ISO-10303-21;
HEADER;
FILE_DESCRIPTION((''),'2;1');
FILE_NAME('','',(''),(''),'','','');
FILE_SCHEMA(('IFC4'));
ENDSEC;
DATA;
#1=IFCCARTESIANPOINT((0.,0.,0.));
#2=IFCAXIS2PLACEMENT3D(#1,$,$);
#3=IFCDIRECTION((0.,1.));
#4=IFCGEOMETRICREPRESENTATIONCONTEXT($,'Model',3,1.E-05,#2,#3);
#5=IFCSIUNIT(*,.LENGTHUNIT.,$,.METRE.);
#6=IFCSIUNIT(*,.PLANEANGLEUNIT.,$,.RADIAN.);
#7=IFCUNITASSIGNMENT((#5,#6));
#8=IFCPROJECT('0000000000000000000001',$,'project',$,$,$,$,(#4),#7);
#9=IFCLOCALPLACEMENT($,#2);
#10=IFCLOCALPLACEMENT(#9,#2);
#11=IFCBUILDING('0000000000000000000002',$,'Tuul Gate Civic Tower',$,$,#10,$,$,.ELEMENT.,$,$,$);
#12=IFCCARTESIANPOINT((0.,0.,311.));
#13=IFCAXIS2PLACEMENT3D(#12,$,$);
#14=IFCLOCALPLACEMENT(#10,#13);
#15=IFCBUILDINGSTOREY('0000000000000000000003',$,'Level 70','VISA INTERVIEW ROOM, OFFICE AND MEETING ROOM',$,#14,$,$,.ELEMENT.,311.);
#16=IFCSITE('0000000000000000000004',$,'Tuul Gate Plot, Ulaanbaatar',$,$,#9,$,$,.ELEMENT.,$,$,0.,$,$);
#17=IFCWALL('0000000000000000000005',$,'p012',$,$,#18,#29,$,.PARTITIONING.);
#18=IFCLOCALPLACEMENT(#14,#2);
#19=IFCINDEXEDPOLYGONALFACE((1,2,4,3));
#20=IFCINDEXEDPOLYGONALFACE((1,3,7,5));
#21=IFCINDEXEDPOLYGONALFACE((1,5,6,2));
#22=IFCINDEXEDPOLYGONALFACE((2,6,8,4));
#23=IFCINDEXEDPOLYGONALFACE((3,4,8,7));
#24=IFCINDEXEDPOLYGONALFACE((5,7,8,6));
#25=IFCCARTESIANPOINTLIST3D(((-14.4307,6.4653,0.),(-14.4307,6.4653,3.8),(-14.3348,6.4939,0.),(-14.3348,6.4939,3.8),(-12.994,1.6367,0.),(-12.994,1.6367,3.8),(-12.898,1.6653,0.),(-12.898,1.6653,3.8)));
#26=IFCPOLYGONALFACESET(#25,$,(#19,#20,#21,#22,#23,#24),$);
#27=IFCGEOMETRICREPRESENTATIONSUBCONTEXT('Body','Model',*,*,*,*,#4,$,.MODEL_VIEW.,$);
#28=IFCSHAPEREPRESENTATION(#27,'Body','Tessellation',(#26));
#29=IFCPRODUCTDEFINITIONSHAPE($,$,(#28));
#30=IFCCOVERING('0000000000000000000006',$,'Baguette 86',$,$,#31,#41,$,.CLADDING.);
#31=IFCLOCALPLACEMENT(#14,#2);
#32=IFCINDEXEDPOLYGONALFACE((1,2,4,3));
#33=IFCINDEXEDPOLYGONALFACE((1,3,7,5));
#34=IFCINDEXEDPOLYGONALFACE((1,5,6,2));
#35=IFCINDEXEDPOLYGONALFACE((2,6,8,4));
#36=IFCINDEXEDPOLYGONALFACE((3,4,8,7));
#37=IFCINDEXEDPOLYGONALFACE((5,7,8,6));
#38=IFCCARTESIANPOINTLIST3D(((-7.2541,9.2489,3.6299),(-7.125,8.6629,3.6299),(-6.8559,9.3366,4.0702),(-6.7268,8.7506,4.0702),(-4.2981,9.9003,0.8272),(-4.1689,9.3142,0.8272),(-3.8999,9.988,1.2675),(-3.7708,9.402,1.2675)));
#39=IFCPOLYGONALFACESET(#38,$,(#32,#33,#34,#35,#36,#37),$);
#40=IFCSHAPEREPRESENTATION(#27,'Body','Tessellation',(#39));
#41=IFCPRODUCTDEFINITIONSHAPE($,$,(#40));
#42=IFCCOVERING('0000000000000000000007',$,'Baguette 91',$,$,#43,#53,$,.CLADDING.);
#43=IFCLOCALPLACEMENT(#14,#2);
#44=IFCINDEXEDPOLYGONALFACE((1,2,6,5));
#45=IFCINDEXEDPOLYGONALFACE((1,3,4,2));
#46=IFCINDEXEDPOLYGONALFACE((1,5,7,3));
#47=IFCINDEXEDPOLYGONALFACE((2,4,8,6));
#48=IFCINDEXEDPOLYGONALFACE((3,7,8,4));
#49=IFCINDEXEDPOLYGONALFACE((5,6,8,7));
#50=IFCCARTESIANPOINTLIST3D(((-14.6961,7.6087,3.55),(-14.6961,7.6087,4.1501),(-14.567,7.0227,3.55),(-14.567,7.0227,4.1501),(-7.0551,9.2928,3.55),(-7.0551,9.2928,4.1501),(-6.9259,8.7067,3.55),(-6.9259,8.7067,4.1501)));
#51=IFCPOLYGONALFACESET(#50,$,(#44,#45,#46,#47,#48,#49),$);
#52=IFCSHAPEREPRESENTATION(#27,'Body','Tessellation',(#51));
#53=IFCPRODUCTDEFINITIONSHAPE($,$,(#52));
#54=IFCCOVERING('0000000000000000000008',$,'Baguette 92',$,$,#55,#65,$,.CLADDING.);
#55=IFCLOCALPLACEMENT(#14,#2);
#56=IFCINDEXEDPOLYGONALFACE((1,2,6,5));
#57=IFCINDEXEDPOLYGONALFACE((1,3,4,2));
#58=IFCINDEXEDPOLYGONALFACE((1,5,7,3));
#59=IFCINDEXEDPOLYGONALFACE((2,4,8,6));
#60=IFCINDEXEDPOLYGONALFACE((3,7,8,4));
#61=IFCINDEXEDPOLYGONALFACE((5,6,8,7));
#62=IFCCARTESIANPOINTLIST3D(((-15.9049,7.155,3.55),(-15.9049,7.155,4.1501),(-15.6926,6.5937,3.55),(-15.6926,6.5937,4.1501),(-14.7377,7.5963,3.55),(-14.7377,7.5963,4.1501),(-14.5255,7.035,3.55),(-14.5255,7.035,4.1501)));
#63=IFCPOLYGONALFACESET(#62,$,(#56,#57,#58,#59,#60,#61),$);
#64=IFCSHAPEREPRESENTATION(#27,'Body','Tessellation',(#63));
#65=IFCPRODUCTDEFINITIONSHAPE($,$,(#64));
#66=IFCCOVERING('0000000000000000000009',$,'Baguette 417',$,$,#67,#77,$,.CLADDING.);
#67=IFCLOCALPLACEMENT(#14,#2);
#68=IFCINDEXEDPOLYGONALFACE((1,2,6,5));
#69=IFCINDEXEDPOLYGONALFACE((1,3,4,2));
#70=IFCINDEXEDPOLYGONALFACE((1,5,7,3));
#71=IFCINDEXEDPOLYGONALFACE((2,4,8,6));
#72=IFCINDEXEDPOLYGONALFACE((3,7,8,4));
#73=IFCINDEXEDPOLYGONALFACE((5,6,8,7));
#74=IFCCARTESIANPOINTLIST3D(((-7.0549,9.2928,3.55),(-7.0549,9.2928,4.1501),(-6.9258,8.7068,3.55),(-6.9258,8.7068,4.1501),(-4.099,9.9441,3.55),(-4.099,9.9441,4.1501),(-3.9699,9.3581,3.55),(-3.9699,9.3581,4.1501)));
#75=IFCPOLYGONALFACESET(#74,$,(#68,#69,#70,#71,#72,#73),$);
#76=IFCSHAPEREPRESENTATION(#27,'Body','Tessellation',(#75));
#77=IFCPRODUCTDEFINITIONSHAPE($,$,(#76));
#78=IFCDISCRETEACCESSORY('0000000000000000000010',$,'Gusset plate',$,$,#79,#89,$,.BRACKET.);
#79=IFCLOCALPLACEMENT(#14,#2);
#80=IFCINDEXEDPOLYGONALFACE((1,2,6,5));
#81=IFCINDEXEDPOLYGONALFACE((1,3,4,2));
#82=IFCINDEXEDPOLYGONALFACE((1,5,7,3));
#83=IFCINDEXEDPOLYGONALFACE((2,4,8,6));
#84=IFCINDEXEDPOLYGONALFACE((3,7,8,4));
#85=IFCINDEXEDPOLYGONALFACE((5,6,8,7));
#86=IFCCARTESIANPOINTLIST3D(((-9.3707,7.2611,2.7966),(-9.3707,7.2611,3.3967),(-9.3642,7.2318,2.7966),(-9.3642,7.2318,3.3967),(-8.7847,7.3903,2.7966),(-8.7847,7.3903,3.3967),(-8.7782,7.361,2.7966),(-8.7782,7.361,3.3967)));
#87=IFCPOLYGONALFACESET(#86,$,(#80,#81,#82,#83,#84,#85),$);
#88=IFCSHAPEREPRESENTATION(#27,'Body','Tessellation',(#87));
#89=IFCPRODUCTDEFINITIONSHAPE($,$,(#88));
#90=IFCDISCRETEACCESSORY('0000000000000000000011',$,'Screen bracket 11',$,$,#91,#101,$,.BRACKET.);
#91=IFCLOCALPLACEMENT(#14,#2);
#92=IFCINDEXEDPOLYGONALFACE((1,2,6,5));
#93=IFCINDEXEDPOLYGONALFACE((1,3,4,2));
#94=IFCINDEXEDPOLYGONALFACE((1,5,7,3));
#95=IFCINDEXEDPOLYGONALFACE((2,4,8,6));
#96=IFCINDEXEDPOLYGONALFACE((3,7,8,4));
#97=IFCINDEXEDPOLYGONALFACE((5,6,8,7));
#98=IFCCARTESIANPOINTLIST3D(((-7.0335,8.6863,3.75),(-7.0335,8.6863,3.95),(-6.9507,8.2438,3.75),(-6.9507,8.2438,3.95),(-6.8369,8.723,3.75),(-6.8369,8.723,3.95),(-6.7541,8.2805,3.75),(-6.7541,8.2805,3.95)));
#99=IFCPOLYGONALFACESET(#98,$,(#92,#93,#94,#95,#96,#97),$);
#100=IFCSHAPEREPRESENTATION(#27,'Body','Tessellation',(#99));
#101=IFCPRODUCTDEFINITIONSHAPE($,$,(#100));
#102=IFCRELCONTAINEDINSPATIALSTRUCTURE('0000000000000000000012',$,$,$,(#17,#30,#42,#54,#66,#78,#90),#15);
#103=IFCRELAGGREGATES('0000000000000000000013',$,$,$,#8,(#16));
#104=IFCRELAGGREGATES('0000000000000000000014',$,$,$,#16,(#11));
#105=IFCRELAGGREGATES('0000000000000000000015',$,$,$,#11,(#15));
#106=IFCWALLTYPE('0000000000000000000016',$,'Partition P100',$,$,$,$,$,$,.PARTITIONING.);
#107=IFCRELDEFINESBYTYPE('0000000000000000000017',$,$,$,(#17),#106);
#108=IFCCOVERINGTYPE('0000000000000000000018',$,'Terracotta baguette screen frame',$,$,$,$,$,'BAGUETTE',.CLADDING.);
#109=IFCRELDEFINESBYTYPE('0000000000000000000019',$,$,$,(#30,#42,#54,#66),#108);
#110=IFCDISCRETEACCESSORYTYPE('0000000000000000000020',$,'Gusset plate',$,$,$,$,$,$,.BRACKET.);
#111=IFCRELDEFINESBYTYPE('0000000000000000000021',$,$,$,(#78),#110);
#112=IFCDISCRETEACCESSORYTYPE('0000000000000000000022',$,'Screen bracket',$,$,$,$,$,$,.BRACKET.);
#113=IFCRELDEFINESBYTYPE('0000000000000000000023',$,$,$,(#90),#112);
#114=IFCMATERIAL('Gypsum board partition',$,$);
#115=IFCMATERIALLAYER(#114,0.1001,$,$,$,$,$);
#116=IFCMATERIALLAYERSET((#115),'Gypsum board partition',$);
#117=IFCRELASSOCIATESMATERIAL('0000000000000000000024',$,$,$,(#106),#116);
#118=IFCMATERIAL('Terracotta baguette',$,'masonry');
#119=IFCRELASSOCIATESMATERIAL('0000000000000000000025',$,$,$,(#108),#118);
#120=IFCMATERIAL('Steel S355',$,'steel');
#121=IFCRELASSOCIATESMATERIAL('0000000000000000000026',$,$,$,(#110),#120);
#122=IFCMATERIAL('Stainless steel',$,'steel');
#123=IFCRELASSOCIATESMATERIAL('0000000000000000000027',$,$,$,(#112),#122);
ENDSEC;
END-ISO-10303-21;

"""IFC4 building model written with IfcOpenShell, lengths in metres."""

from ifc_helpers import new_model, si_unit, direction, frame, frame_2d, origin, origin_2d, place, context, subcontext, project, spatial, rectangle, extrude, material, layer, layer_set, material_profile, profile_set, type_object, element, save


model = new_model("IFC4")

# Units and contexts
model_context = context("Model", 3, precision=1e-05, world=origin(), true_north=direction((0.0, 1.0)))
body_context = subcontext(model_context, "Body", "Model", "MODEL_VIEW")
ifc_project = project(units=[si_unit("LENGTHUNIT", "METRE"), si_unit("PLANEANGLEUNIT", "RADIAN")], contexts=[model_context])

# Site, building, storey
site_placement = place(None, origin())
site = spatial("IfcSite", under=ifc_project, at=site_placement, Name="Tuul Gate Plot, Ulaanbaatar", CompositionType="ELEMENT", RefElevation=0.0)
building_placement = place(site_placement, origin())
building = spatial("IfcBuilding", under=site, at=building_placement, Name="Tuul Gate Civic Tower", CompositionType="ELEMENT")
storey_placement = place(building_placement, frame((0.0, 0.0, 311.0)))
storey = spatial("IfcBuildingStorey", under=building, at=storey_placement, Name="Level 70", Description="VISA INTERVIEW ROOM, OFFICE AND MEETING ROOM", CompositionType="ELEMENT", Elevation=311.0)

# Wall
ifc_material_1 = material(Name="Gypsum board partition")
ifc_layer_1 = layer(ifc_material_1, 0.1001)
ifc_layer_set_1 = layer_set([ifc_layer_1], Name="Gypsum board partition")
wall_type_1 = type_object("IfcWallType", Name="Partition P100", PredefinedType="PARTITIONING", material=ifc_layer_set_1)
wall_1_placement = place(storey_placement, frame((-14.3828, 6.4797, 0.0), z_axis=(0.0, 0.0, 1.0), x_axis=(0.285195, -0.958469, 0.0)))
element("IfcWall", 1, at=wall_1_placement, inside=storey, type_object=wall_type_1, Name="p012", PredefinedType="PARTITIONING", context=body_context, shape_type="SweptSolid", body=[
    extrude(rectangle(XDim=5.0378, YDim=0.1001, at=frame_2d((2.519, 0.0))), origin(), (0.0, 0.0, 1.0), 3.8),
])

# Coverings
ifc_material_2 = material(Name="Terracotta baguette", Category="masonry")
ifc_material_profile_1 = material_profile(ifc_material_2, rectangle(XDim=0.6001, YDim=0.6001, at=origin_2d()), Name="Terracotta baguette screen frame")
ifc_profile_set_1 = profile_set([ifc_material_profile_1], Name="Terracotta baguette")
covering_type = type_object("IfcCoveringType", Name="Terracotta baguette screen frame", ElementType="BAGUETTE", PredefinedType="CLADDING", material=ifc_profile_set_1)
covering_1_placement = place(storey_placement, frame((-4.0344, 9.6511, 1.0474), z_axis=(-0.716572, -0.157897, 0.679406), x_axis=(0.215188, -0.976573, 0.0)))
element("IfcCovering", 2, at=covering_1_placement, inside=storey, type_object=covering_type, Name="Baguette 86", PredefinedType="CLADDING", context=body_context, shape_type="SweptSolid", body=[
    extrude(rectangle(XDim=0.6001, YDim=0.6001, at=origin_2d()), origin(), (0.0, 0.0, 1.0), 4.1252),
])
covering_2_placement = place(storey_placement, frame((-6.9905, 8.9998, 3.8501), z_axis=(-0.976563, -0.215232, 0.0), x_axis=(0.215232, -0.976563, 0.0)))
element("IfcCovering", 3, at=covering_2_placement, inside=storey, type_object=covering_type, Name="Baguette 91", PredefinedType="CLADDING", context=body_context, shape_type="SweptSolid", body=[
    extrude(rectangle(XDim=0.6001, YDim=0.6001, at=origin_2d()), origin(), (0.0, 0.0, 1.0), 7.8245),
])
covering_3_placement = place(storey_placement, frame((-14.6316, 7.3157, 3.8501), z_axis=(-0.935353, -0.353716, 0.0), x_axis=(0.353716, -0.935353, 0.0)))
element("IfcCovering", 4, at=covering_3_placement, inside=storey, type_object=covering_type, Name="Baguette 92", PredefinedType="CLADDING", context=body_context, shape_type="SweptSolid", body=[
    extrude(rectangle(XDim=0.6001, YDim=0.6001, at=origin_2d()), origin(), (0.0, 0.0, 1.0), 1.2478),
])
covering_4_placement = place(storey_placement, frame((-4.0344, 9.6511, 3.8501), z_axis=(-0.976573, -0.215188, 0.0), x_axis=(0.215188, -0.976573, 0.0)))
element("IfcCovering", 5, at=covering_4_placement, inside=storey, type_object=covering_type, Name="Baguette 417", PredefinedType="CLADDING", context=body_context, shape_type="SweptSolid", body=[
    extrude(rectangle(XDim=0.6001, YDim=0.6001, at=origin_2d()), origin(), (0.0, 0.0, 1.0), 3.0269),
])

# Discrete accessories
ifc_material_3 = material(Name="Steel S355", Category="steel")
discrete_accessory_type_1 = type_object("IfcDiscreteAccessoryType", Name="Gusset plate", PredefinedType="BRACKET", material=ifc_material_3)
discrete_accessory_1_placement = place(storey_placement, frame((-9.0745, 7.311, 2.7966), z_axis=(0.0, 0.0, 1.0), x_axis=(0.976565, 0.215224, 0.0)))
element("IfcDiscreteAccessory", 6, at=discrete_accessory_1_placement, inside=storey, type_object=discrete_accessory_type_1, Name="Gusset plate", PredefinedType="BRACKET", context=body_context, shape_type="SweptSolid", body=[
    extrude(rectangle(XDim=0.6001, YDim=0.03, at=origin_2d()), origin(), (0.0, 0.0, 1.0), 0.6001),
])
ifc_material_4 = material(Name="Stainless steel", Category="steel")
discrete_accessory_type_2 = type_object("IfcDiscreteAccessoryType", Name="Screen bracket", PredefinedType="BRACKET", material=ifc_material_4)
discrete_accessory_2_placement = place(storey_placement, frame((-6.8938, 8.4834, 3.75), z_axis=(0.0, 0.0, 1.0), x_axis=(-0.183855, 0.982953, 0.0)))
element("IfcDiscreteAccessory", 7, at=discrete_accessory_2_placement, inside=storey, type_object=discrete_accessory_type_2, Name="Screen bracket 11", PredefinedType="BRACKET", context=body_context, shape_type="SweptSolid", body=[
    extrude(rectangle(XDim=0.4502, YDim=0.2, at=origin_2d()), origin(), (0.0, 0.0, 1.0), 0.2),
])

save(model, "model.ifc")
